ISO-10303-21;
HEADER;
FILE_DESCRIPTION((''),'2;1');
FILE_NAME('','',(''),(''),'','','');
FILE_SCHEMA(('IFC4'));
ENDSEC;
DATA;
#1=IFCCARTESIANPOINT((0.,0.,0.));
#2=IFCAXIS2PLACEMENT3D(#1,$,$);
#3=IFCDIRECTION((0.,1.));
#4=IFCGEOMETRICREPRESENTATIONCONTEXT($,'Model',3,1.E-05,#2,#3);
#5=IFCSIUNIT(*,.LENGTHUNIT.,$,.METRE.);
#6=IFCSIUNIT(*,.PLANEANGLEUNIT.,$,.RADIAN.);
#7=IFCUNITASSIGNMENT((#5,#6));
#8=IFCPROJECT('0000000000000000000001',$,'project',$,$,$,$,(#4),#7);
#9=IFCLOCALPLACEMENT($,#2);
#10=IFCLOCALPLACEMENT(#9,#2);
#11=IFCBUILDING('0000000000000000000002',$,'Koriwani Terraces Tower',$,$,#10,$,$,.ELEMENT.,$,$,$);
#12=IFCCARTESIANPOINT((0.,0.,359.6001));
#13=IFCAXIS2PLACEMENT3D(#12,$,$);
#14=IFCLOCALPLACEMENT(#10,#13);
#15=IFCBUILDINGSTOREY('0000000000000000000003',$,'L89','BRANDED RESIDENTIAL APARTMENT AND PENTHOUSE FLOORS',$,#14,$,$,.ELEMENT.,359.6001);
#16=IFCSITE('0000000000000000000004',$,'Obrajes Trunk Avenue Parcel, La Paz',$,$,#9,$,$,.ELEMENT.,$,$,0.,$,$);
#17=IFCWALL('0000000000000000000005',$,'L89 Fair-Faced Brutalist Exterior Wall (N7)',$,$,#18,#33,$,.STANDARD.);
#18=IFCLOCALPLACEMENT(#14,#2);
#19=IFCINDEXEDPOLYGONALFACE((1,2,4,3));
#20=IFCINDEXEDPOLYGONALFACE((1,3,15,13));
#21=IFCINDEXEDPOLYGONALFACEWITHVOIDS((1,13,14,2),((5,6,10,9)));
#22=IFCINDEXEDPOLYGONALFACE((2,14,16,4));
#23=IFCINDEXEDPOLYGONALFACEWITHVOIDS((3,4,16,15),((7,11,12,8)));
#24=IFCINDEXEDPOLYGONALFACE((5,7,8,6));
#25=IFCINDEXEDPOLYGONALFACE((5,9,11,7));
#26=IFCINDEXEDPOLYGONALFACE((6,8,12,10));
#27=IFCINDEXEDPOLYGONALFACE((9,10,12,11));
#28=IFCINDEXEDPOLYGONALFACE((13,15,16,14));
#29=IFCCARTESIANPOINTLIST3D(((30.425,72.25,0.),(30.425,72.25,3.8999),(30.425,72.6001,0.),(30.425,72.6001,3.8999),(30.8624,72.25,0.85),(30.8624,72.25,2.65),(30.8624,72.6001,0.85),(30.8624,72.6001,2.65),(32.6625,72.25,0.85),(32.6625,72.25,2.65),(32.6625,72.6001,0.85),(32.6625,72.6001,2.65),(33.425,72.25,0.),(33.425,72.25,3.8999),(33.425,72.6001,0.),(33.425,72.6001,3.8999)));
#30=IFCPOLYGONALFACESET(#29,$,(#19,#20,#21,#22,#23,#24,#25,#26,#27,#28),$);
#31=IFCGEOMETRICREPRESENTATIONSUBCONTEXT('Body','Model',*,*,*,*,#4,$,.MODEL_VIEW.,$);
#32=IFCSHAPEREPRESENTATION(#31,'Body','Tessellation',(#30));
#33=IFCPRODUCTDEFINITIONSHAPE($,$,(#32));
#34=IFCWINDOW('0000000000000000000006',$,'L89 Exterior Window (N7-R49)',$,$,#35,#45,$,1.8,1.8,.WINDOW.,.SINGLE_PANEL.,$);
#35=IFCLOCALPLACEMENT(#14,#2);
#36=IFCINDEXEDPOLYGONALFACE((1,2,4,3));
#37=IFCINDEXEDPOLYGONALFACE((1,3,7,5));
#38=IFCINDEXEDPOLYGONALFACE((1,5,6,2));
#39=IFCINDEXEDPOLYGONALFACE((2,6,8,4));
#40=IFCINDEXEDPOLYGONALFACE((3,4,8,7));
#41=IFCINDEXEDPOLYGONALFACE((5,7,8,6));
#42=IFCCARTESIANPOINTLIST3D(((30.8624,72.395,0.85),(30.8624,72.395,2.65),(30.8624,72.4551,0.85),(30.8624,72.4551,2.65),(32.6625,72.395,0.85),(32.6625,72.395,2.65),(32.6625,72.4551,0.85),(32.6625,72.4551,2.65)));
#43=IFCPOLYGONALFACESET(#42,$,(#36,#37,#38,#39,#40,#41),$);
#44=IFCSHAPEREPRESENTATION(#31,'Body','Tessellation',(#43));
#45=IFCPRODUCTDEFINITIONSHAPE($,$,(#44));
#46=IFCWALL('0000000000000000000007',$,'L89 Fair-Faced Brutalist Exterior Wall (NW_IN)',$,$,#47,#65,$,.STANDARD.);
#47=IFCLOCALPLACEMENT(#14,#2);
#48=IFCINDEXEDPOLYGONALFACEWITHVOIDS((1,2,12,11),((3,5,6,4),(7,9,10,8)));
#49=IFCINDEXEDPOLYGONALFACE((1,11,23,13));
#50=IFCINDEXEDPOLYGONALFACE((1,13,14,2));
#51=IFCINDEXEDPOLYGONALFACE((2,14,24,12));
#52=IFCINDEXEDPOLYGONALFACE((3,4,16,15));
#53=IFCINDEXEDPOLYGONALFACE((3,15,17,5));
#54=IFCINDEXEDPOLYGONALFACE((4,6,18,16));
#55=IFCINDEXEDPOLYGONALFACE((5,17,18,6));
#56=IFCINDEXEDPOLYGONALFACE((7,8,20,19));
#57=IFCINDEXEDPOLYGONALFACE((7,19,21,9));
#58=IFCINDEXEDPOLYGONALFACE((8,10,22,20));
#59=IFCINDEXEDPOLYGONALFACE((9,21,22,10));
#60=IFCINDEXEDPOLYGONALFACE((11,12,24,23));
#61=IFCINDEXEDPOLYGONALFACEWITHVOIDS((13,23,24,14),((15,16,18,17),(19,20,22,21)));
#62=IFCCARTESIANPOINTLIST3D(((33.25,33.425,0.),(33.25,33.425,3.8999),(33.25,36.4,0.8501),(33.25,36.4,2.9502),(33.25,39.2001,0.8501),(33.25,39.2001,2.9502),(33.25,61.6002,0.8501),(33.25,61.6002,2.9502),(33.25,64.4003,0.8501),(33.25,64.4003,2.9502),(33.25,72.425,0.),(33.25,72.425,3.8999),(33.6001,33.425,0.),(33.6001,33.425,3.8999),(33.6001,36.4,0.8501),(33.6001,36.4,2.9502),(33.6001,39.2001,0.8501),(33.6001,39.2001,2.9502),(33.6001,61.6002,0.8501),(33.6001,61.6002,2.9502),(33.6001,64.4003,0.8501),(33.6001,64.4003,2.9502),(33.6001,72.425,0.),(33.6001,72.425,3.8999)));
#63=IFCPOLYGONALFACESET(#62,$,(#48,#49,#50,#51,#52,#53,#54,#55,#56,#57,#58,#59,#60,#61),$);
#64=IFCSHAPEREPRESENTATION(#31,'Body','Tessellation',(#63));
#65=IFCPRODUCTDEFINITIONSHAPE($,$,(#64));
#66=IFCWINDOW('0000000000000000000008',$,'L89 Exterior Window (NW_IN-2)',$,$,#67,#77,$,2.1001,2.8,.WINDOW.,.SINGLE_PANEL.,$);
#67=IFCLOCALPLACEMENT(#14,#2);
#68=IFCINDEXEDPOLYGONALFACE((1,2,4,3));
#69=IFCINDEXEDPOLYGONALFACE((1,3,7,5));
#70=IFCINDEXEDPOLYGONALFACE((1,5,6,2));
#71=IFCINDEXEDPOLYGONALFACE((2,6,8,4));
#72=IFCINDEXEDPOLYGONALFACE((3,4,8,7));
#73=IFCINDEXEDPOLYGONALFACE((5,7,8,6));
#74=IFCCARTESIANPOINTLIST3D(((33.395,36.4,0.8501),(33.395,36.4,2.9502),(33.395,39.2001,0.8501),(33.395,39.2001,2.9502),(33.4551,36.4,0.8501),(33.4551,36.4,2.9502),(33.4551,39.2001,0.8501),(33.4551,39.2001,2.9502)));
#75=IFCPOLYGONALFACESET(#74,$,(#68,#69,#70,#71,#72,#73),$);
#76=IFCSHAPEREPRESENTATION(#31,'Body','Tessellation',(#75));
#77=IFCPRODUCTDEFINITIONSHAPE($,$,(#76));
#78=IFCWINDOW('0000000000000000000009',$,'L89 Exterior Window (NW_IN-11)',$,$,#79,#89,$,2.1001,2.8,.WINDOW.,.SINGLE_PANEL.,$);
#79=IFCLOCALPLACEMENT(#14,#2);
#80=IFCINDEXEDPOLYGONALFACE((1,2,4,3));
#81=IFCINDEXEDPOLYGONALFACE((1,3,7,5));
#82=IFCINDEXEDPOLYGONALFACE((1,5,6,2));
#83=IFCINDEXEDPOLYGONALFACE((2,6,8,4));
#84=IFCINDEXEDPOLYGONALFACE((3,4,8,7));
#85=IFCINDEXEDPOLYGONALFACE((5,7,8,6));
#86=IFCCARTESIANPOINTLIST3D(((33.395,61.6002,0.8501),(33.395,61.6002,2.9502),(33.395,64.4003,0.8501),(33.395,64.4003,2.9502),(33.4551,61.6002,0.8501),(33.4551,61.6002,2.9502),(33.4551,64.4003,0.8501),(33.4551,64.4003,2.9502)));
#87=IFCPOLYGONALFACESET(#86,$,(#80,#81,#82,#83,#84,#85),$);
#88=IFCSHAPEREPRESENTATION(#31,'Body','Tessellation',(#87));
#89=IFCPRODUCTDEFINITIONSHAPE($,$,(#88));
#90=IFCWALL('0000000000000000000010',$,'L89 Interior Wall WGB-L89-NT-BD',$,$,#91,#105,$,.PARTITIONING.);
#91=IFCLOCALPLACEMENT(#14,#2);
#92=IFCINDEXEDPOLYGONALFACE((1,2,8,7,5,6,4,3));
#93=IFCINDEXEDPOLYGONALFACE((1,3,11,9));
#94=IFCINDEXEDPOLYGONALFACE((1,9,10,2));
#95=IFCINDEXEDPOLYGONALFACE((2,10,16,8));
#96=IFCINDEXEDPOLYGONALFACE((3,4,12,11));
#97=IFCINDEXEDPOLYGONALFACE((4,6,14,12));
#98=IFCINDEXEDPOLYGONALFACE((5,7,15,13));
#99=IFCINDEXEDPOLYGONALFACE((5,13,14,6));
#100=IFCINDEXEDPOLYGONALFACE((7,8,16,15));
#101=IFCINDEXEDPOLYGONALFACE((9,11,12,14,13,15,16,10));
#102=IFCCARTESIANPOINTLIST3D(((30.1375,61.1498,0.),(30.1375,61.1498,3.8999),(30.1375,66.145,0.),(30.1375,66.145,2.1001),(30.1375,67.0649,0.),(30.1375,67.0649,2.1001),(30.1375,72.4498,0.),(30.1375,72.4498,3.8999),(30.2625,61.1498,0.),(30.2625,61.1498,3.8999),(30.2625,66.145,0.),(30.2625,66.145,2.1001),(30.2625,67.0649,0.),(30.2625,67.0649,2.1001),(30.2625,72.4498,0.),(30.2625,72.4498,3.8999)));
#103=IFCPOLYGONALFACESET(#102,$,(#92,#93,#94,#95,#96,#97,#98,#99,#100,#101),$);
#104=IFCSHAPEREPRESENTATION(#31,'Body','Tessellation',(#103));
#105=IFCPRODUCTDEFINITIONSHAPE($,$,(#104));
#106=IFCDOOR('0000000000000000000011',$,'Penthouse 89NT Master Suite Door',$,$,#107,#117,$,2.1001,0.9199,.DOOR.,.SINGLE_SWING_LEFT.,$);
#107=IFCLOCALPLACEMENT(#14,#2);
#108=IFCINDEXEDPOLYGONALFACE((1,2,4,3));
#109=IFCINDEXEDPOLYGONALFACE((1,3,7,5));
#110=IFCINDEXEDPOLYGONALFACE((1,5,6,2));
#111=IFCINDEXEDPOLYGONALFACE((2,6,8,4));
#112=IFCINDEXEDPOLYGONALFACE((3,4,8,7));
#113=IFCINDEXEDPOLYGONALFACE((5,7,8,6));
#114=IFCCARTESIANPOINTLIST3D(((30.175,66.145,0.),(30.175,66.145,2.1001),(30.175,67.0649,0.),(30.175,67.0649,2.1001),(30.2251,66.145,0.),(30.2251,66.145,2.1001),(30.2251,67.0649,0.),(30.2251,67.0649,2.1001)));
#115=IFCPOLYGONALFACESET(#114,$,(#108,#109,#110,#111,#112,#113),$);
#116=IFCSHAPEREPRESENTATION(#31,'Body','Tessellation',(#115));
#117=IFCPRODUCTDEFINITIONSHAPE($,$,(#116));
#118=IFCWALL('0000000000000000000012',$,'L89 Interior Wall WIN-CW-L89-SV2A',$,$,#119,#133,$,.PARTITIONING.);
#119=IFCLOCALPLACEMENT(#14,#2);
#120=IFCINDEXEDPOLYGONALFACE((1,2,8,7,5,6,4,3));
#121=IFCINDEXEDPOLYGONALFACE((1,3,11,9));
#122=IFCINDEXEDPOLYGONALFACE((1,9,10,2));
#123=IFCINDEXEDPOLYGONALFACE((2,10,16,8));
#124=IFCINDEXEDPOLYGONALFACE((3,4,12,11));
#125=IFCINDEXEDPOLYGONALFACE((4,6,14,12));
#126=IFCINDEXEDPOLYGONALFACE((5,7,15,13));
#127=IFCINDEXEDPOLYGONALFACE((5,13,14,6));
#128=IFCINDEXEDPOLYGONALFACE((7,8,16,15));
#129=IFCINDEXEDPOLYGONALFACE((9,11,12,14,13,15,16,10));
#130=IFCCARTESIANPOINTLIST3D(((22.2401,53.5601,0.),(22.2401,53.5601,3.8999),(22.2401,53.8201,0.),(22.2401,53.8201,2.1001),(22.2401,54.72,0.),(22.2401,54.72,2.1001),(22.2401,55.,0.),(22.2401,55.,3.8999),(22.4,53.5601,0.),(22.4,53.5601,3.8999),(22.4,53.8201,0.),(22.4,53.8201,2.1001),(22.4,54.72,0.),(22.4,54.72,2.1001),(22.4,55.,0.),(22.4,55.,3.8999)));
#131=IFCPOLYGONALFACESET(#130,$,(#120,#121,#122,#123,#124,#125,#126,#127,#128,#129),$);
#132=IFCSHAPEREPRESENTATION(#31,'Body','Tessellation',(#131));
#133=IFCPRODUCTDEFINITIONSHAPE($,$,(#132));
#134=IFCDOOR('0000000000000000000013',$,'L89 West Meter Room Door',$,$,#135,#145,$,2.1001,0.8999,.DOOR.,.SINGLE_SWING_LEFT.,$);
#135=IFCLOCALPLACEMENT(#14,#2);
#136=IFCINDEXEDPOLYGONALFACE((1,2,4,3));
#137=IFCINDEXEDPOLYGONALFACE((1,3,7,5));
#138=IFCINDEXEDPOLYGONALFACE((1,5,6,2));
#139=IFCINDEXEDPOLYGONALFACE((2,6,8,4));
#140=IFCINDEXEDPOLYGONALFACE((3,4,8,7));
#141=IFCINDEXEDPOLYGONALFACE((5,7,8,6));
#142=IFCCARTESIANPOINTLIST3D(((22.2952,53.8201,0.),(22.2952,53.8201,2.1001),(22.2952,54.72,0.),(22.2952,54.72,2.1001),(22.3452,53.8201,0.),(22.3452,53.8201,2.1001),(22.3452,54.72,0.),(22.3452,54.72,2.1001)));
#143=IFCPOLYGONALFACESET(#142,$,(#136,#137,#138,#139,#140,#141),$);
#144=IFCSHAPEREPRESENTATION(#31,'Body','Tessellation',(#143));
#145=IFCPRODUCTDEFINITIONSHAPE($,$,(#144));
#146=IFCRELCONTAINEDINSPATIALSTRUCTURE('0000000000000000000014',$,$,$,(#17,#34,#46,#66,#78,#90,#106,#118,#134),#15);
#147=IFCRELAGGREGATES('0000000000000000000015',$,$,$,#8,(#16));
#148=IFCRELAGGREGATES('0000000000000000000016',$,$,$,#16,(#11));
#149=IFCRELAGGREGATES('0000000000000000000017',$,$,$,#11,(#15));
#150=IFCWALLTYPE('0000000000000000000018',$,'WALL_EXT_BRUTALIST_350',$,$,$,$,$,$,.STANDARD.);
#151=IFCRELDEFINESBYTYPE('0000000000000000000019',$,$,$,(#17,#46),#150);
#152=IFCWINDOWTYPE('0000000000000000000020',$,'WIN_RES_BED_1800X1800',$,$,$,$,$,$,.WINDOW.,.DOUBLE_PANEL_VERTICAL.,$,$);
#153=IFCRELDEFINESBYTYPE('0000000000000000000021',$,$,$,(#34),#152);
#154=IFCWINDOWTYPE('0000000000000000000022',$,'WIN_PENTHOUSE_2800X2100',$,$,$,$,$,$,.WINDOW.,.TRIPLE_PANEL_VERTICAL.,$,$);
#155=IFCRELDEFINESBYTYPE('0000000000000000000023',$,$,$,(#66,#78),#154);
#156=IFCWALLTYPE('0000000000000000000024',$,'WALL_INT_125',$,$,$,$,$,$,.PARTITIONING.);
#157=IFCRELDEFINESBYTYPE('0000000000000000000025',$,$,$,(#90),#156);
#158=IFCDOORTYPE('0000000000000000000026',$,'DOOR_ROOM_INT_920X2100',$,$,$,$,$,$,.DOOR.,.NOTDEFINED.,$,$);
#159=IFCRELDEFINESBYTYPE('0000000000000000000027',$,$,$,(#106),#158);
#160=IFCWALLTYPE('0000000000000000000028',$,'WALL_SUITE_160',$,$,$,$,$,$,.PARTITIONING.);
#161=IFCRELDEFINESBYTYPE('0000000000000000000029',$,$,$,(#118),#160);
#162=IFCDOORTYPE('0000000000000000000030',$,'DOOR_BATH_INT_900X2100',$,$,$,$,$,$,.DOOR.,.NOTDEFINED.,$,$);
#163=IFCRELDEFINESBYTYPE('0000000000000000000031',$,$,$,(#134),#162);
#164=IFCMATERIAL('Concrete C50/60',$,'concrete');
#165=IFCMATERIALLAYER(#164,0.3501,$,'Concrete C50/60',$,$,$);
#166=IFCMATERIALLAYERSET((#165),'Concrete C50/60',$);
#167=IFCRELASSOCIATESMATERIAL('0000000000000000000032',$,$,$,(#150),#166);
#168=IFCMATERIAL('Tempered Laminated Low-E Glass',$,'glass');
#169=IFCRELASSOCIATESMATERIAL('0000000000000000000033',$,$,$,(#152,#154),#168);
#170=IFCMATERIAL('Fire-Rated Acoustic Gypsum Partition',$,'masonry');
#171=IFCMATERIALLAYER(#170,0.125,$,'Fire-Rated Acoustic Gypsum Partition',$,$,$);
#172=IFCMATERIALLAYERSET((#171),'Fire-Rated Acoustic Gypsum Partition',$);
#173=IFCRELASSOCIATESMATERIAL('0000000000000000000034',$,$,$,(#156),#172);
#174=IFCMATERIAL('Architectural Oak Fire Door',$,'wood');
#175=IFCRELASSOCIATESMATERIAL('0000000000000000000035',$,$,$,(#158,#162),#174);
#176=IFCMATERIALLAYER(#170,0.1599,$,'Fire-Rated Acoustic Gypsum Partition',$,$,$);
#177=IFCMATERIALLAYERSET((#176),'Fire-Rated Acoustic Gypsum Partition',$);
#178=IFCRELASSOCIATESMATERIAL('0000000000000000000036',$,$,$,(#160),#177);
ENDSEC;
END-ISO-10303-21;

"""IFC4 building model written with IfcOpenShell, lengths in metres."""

from ifc_helpers import new_model, si_unit, direction, frame, frame_2d, origin, place, context, subcontext, project, spatial, rectangle, extrude, material, layer, layer_set, type_object, element, fill, save


model = new_model("IFC4")

# Units and contexts
model_context = context("Model", 3, precision=1e-05, world=origin(), true_north=direction((0.0, 1.0)))
body_context = subcontext(model_context, "Body", "Model", "MODEL_VIEW")
ifc_project = project(units=[si_unit("LENGTHUNIT", "METRE"), si_unit("PLANEANGLEUNIT", "RADIAN")], contexts=[model_context])

# Site, building, storey
site_placement = place(None, origin())
site = spatial("IfcSite", under=ifc_project, at=site_placement, Name="Obrajes Trunk Avenue Parcel, La Paz", CompositionType="ELEMENT", RefElevation=0.0)
building_placement = place(site_placement, origin())
building = spatial("IfcBuilding", under=site, at=building_placement, Name="Koriwani Terraces Tower", CompositionType="ELEMENT")
storey_placement = place(building_placement, frame((0.0, 0.0, 359.6001)))
storey = spatial("IfcBuildingStorey", under=building, at=storey_placement, Name="L89", Description="BRANDED RESIDENTIAL APARTMENT AND PENTHOUSE FLOORS", CompositionType="ELEMENT", Elevation=359.6001)

# Shared definitions
ifc_material_1 = material(Name="Concrete C50/60", Category="concrete")

# Shared definitions
ifc_layer_1 = layer(ifc_material_1, 0.3501, Name="Concrete C50/60")
ifc_layer_set_1 = layer_set([ifc_layer_1], Name="Concrete C50/60")
wall_type_1 = type_object("IfcWallType", Name="WALL_EXT_BRUTALIST_350", PredefinedType="STANDARD", material=ifc_layer_set_1)

# Wall, opening, window
wall_1_placement = place(storey_placement, frame((30.425, 72.425, 0.0), z_axis=(0.0, 0.0, 1.0), x_axis=(1.0, 0.0, 0.0)))
wall_1 = element("IfcWall", 1, at=wall_1_placement, inside=storey, type_object=wall_type_1, Name="L89 Fair-Faced Brutalist Exterior Wall (N7)", PredefinedType="STANDARD", context=body_context, shape_type="SweptSolid", body=[
    extrude(rectangle(XDim=3.0, YDim=0.3501, at=frame_2d((1.5, 0.0))), origin(), (0.0, 0.0, 1.0), 3.8999),
])
opening_1_placement = place(wall_1_placement, frame((0.4375, 0.0, 0.8501)))
opening_1 = element("IfcOpeningElement", 2, at=opening_1_placement, cuts=wall_1, PredefinedType="OPENING", context=body_context, shape_type="SweptSolid", body=[
    extrude(rectangle(XDim=1.8, YDim=1.8, at=frame_2d((0.8999, 0.8999))), frame((0.0, 0.1851, 0.0), z_axis=(0.0, -1.0, 0.0), x_axis=(1.0, 0.0, 0.0)), (0.0, 0.0, 1.0), 0.3701),
])
ifc_material_2 = material(Name="Tempered Laminated Low-E Glass", Category="glass")
window_type_1 = type_object("IfcWindowType", Name="WIN_RES_BED_1800X1800", PartitioningType="DOUBLE_PANEL_VERTICAL", PredefinedType="WINDOW", material=ifc_material_2)
window_1_placement = place(opening_1_placement, origin())
window_1 = element("IfcWindow", 3, at=window_1_placement, inside=storey, type_object=window_type_1, Name="L89 Exterior Window (N7-R49)", OverallHeight=1.8, OverallWidth=1.8, PartitioningType="SINGLE_PANEL", PredefinedType="WINDOW", context=body_context, shape_type="SweptSolid", body=[
    extrude(rectangle(XDim=1.8, YDim=1.8, at=frame_2d((0.8999, 0.8999))), frame((0.0, 0.03, 0.0), z_axis=(0.0, -1.0, 0.0), x_axis=(1.0, 0.0, 0.0)), (0.0, 0.0, 1.0), 0.0601),
])
fill(opening_1, window_1)

# Wall, openings, windows
wall_2_placement = place(storey_placement, frame((33.425, 72.425, 0.0), z_axis=(0.0, 0.0, 1.0), x_axis=(0.0, -1.0, 0.0)))
wall_2 = element("IfcWall", 4, at=wall_2_placement, inside=storey, type_object=wall_type_1, Name="L89 Fair-Faced Brutalist Exterior Wall (NW_IN)", PredefinedType="STANDARD", context=body_context, shape_type="SweptSolid", body=[
    extrude(rectangle(XDim=39.0, YDim=0.3501, at=frame_2d((19.5, 0.0))), origin(), (0.0, 0.0, 1.0), 3.8999),
])
opening_2_placement = place(wall_2_placement, frame((33.2251, 0.0, 0.8501)))
opening_2 = element("IfcOpeningElement", 5, at=opening_2_placement, cuts=wall_2, PredefinedType="OPENING", context=body_context, shape_type="SweptSolid", body=[
    extrude(rectangle(XDim=2.8, YDim=2.1001, at=frame_2d((1.3999, 1.05))), frame((0.0, 0.1851, 0.0), z_axis=(0.0, -1.0, 0.0), x_axis=(1.0, 0.0, 0.0)), (0.0, 0.0, 1.0), 0.3701),
])
opening_3_placement = place(wall_2_placement, frame((8.0249, 0.0, 0.8501)))
opening_3 = element("IfcOpeningElement", 6, at=opening_3_placement, cuts=wall_2, PredefinedType="OPENING", context=body_context, shape_type="SweptSolid", body=[
    extrude(rectangle(XDim=2.8, YDim=2.1001, at=frame_2d((1.3999, 1.05))), frame((0.0, 0.1851, 0.0), z_axis=(0.0, -1.0, 0.0), x_axis=(1.0, 0.0, 0.0)), (0.0, 0.0, 1.0), 0.3701),
])
window_type_2 = type_object("IfcWindowType", Name="WIN_PENTHOUSE_2800X2100", PartitioningType="TRIPLE_PANEL_VERTICAL", PredefinedType="WINDOW", material=ifc_material_2)
window_2_placement = place(opening_2_placement, origin())
window_2 = element("IfcWindow", 7, at=window_2_placement, inside=storey, type_object=window_type_2, Name="L89 Exterior Window (NW_IN-2)", OverallHeight=2.1001, OverallWidth=2.8, PartitioningType="SINGLE_PANEL", PredefinedType="WINDOW", context=body_context, shape_type="SweptSolid", body=[
    extrude(rectangle(XDim=2.8, YDim=2.1001, at=frame_2d((1.3999, 1.05))), frame((0.0, 0.03, 0.0), z_axis=(0.0, -1.0, 0.0), x_axis=(1.0, 0.0, 0.0)), (0.0, 0.0, 1.0), 0.0601),
])
fill(opening_2, window_2)
window_3_placement = place(opening_3_placement, origin())
window_3 = element("IfcWindow", 8, at=window_3_placement, inside=storey, type_object=window_type_2, Name="L89 Exterior Window (NW_IN-11)", OverallHeight=2.1001, OverallWidth=2.8, PartitioningType="SINGLE_PANEL", PredefinedType="WINDOW", context=body_context, shape_type="SweptSolid", body=[
    extrude(rectangle(XDim=2.8, YDim=2.1001, at=frame_2d((1.3999, 1.05))), frame((0.0, 0.03, 0.0), z_axis=(0.0, -1.0, 0.0), x_axis=(1.0, 0.0, 0.0)), (0.0, 0.0, 1.0), 0.0601),
])
fill(opening_3, window_3)

# Walls, openings, doors
ifc_material_3 = material(Name="Fire-Rated Acoustic Gypsum Partition", Category="masonry")
ifc_layer_2 = layer(ifc_material_3, 0.125, Name="Fire-Rated Acoustic Gypsum Partition")
ifc_layer_set_2 = layer_set([ifc_layer_2], Name="Fire-Rated Acoustic Gypsum Partition")
wall_type_2 = type_object("IfcWallType", Name="WALL_INT_125", PredefinedType="PARTITIONING", material=ifc_layer_set_2)
wall_3_placement = place(storey_placement, frame((30.2, 61.1499, 0.0), z_axis=(0.0, 0.0, 1.0), x_axis=(0.0, 1.0, 0.0)))
wall_3 = element("IfcWall", 9, at=wall_3_placement, inside=storey, type_object=wall_type_2, Name="L89 Interior Wall WGB-L89-NT-BD", PredefinedType="PARTITIONING", context=body_context, shape_type="SweptSolid", body=[
    extrude(rectangle(XDim=11.3, YDim=0.125, at=frame_2d((5.6499, 0.0))), origin(), (0.0, 0.0, 1.0), 3.8999),
])
opening_4_placement = place(wall_3_placement, frame((4.9951, 0.0, 0.0)))
opening_4 = element("IfcOpeningElement", 10, at=opening_4_placement, cuts=wall_3, PredefinedType="OPENING", context=body_context, shape_type="SweptSolid", body=[
    extrude(rectangle(XDim=0.9199, YDim=2.1001, at=frame_2d((0.46, 1.05))), frame((0.0, 0.0725, 0.0), z_axis=(0.0, -1.0, 0.0), x_axis=(1.0, 0.0, 0.0)), (0.0, 0.0, 1.0), 0.145),
])
ifc_material_4 = material(Name="Architectural Oak Fire Door", Category="wood")
door_type_1 = type_object("IfcDoorType", Name="DOOR_ROOM_INT_920X2100", OperationType="NOTDEFINED", PredefinedType="DOOR", material=ifc_material_4)
door_1_placement = place(opening_4_placement, origin())
door_1 = element("IfcDoor", 11, at=door_1_placement, inside=storey, type_object=door_type_1, Name="Penthouse 89NT Master Suite Door", OperationType="SINGLE_SWING_LEFT", OverallHeight=2.1001, OverallWidth=0.9199, PredefinedType="DOOR", context=body_context, shape_type="SweptSolid", body=[
    extrude(rectangle(XDim=0.9199, YDim=2.1001, at=frame_2d((0.46, 1.05))), frame((0.0, 0.0249, 0.0), z_axis=(0.0, -1.0, 0.0), x_axis=(1.0, 0.0, 0.0)), (0.0, 0.0, 1.0), 0.05),
])
fill(opening_4, door_1)
ifc_layer_3 = layer(ifc_material_3, 0.1599, Name="Fire-Rated Acoustic Gypsum Partition")
ifc_layer_set_3 = layer_set([ifc_layer_3], Name="Fire-Rated Acoustic Gypsum Partition")
wall_type_3 = type_object("IfcWallType", Name="WALL_SUITE_160", PredefinedType="PARTITIONING", material=ifc_layer_set_3)
wall_4_placement = place(storey_placement, frame((22.3201, 53.5601, 0.0), z_axis=(0.0, 0.0, 1.0), x_axis=(0.0, 1.0, 0.0)))
wall_4 = element("IfcWall", 12, at=wall_4_placement, inside=storey, type_object=wall_type_3, Name="L89 Interior Wall WIN-CW-L89-SV2A", PredefinedType="PARTITIONING", context=body_context, shape_type="SweptSolid", body=[
    extrude(rectangle(XDim=1.4399, YDim=0.1599, at=frame_2d((0.72, 0.0))), origin(), (0.0, 0.0, 1.0), 3.8999),
])
opening_5_placement = place(wall_4_placement, frame((0.26, 0.0, 0.0)))
opening_5 = element("IfcOpeningElement", 13, at=opening_5_placement, cuts=wall_4, PredefinedType="OPENING", context=body_context, shape_type="SweptSolid", body=[
    extrude(rectangle(XDim=0.8999, YDim=2.1001, at=frame_2d((0.45, 1.05))), frame((0.0, 0.0898, 0.0), z_axis=(0.0, -1.0, 0.0), x_axis=(1.0, 0.0, 0.0)), (0.0, 0.0, 1.0), 0.1799),
])
door_type_2 = type_object("IfcDoorType", Name="DOOR_BATH_INT_900X2100", OperationType="NOTDEFINED", PredefinedType="DOOR", material=ifc_material_4)
door_2_placement = place(opening_5_placement, origin())
door_2 = element("IfcDoor", 14, at=door_2_placement, inside=storey, type_object=door_type_2, Name="L89 West Meter Room Door", OperationType="SINGLE_SWING_LEFT", OverallHeight=2.1001, OverallWidth=0.8999, PredefinedType="DOOR", context=body_context, shape_type="SweptSolid", body=[
    extrude(rectangle(XDim=0.8999, YDim=2.1001, at=frame_2d((0.45, 1.05))), frame((0.0, 0.0249, 0.0), z_axis=(0.0, -1.0, 0.0), x_axis=(1.0, 0.0, 0.0)), (0.0, 0.0, 1.0), 0.05),
])
fill(opening_5, door_2)

save(model, "model.ifc")
